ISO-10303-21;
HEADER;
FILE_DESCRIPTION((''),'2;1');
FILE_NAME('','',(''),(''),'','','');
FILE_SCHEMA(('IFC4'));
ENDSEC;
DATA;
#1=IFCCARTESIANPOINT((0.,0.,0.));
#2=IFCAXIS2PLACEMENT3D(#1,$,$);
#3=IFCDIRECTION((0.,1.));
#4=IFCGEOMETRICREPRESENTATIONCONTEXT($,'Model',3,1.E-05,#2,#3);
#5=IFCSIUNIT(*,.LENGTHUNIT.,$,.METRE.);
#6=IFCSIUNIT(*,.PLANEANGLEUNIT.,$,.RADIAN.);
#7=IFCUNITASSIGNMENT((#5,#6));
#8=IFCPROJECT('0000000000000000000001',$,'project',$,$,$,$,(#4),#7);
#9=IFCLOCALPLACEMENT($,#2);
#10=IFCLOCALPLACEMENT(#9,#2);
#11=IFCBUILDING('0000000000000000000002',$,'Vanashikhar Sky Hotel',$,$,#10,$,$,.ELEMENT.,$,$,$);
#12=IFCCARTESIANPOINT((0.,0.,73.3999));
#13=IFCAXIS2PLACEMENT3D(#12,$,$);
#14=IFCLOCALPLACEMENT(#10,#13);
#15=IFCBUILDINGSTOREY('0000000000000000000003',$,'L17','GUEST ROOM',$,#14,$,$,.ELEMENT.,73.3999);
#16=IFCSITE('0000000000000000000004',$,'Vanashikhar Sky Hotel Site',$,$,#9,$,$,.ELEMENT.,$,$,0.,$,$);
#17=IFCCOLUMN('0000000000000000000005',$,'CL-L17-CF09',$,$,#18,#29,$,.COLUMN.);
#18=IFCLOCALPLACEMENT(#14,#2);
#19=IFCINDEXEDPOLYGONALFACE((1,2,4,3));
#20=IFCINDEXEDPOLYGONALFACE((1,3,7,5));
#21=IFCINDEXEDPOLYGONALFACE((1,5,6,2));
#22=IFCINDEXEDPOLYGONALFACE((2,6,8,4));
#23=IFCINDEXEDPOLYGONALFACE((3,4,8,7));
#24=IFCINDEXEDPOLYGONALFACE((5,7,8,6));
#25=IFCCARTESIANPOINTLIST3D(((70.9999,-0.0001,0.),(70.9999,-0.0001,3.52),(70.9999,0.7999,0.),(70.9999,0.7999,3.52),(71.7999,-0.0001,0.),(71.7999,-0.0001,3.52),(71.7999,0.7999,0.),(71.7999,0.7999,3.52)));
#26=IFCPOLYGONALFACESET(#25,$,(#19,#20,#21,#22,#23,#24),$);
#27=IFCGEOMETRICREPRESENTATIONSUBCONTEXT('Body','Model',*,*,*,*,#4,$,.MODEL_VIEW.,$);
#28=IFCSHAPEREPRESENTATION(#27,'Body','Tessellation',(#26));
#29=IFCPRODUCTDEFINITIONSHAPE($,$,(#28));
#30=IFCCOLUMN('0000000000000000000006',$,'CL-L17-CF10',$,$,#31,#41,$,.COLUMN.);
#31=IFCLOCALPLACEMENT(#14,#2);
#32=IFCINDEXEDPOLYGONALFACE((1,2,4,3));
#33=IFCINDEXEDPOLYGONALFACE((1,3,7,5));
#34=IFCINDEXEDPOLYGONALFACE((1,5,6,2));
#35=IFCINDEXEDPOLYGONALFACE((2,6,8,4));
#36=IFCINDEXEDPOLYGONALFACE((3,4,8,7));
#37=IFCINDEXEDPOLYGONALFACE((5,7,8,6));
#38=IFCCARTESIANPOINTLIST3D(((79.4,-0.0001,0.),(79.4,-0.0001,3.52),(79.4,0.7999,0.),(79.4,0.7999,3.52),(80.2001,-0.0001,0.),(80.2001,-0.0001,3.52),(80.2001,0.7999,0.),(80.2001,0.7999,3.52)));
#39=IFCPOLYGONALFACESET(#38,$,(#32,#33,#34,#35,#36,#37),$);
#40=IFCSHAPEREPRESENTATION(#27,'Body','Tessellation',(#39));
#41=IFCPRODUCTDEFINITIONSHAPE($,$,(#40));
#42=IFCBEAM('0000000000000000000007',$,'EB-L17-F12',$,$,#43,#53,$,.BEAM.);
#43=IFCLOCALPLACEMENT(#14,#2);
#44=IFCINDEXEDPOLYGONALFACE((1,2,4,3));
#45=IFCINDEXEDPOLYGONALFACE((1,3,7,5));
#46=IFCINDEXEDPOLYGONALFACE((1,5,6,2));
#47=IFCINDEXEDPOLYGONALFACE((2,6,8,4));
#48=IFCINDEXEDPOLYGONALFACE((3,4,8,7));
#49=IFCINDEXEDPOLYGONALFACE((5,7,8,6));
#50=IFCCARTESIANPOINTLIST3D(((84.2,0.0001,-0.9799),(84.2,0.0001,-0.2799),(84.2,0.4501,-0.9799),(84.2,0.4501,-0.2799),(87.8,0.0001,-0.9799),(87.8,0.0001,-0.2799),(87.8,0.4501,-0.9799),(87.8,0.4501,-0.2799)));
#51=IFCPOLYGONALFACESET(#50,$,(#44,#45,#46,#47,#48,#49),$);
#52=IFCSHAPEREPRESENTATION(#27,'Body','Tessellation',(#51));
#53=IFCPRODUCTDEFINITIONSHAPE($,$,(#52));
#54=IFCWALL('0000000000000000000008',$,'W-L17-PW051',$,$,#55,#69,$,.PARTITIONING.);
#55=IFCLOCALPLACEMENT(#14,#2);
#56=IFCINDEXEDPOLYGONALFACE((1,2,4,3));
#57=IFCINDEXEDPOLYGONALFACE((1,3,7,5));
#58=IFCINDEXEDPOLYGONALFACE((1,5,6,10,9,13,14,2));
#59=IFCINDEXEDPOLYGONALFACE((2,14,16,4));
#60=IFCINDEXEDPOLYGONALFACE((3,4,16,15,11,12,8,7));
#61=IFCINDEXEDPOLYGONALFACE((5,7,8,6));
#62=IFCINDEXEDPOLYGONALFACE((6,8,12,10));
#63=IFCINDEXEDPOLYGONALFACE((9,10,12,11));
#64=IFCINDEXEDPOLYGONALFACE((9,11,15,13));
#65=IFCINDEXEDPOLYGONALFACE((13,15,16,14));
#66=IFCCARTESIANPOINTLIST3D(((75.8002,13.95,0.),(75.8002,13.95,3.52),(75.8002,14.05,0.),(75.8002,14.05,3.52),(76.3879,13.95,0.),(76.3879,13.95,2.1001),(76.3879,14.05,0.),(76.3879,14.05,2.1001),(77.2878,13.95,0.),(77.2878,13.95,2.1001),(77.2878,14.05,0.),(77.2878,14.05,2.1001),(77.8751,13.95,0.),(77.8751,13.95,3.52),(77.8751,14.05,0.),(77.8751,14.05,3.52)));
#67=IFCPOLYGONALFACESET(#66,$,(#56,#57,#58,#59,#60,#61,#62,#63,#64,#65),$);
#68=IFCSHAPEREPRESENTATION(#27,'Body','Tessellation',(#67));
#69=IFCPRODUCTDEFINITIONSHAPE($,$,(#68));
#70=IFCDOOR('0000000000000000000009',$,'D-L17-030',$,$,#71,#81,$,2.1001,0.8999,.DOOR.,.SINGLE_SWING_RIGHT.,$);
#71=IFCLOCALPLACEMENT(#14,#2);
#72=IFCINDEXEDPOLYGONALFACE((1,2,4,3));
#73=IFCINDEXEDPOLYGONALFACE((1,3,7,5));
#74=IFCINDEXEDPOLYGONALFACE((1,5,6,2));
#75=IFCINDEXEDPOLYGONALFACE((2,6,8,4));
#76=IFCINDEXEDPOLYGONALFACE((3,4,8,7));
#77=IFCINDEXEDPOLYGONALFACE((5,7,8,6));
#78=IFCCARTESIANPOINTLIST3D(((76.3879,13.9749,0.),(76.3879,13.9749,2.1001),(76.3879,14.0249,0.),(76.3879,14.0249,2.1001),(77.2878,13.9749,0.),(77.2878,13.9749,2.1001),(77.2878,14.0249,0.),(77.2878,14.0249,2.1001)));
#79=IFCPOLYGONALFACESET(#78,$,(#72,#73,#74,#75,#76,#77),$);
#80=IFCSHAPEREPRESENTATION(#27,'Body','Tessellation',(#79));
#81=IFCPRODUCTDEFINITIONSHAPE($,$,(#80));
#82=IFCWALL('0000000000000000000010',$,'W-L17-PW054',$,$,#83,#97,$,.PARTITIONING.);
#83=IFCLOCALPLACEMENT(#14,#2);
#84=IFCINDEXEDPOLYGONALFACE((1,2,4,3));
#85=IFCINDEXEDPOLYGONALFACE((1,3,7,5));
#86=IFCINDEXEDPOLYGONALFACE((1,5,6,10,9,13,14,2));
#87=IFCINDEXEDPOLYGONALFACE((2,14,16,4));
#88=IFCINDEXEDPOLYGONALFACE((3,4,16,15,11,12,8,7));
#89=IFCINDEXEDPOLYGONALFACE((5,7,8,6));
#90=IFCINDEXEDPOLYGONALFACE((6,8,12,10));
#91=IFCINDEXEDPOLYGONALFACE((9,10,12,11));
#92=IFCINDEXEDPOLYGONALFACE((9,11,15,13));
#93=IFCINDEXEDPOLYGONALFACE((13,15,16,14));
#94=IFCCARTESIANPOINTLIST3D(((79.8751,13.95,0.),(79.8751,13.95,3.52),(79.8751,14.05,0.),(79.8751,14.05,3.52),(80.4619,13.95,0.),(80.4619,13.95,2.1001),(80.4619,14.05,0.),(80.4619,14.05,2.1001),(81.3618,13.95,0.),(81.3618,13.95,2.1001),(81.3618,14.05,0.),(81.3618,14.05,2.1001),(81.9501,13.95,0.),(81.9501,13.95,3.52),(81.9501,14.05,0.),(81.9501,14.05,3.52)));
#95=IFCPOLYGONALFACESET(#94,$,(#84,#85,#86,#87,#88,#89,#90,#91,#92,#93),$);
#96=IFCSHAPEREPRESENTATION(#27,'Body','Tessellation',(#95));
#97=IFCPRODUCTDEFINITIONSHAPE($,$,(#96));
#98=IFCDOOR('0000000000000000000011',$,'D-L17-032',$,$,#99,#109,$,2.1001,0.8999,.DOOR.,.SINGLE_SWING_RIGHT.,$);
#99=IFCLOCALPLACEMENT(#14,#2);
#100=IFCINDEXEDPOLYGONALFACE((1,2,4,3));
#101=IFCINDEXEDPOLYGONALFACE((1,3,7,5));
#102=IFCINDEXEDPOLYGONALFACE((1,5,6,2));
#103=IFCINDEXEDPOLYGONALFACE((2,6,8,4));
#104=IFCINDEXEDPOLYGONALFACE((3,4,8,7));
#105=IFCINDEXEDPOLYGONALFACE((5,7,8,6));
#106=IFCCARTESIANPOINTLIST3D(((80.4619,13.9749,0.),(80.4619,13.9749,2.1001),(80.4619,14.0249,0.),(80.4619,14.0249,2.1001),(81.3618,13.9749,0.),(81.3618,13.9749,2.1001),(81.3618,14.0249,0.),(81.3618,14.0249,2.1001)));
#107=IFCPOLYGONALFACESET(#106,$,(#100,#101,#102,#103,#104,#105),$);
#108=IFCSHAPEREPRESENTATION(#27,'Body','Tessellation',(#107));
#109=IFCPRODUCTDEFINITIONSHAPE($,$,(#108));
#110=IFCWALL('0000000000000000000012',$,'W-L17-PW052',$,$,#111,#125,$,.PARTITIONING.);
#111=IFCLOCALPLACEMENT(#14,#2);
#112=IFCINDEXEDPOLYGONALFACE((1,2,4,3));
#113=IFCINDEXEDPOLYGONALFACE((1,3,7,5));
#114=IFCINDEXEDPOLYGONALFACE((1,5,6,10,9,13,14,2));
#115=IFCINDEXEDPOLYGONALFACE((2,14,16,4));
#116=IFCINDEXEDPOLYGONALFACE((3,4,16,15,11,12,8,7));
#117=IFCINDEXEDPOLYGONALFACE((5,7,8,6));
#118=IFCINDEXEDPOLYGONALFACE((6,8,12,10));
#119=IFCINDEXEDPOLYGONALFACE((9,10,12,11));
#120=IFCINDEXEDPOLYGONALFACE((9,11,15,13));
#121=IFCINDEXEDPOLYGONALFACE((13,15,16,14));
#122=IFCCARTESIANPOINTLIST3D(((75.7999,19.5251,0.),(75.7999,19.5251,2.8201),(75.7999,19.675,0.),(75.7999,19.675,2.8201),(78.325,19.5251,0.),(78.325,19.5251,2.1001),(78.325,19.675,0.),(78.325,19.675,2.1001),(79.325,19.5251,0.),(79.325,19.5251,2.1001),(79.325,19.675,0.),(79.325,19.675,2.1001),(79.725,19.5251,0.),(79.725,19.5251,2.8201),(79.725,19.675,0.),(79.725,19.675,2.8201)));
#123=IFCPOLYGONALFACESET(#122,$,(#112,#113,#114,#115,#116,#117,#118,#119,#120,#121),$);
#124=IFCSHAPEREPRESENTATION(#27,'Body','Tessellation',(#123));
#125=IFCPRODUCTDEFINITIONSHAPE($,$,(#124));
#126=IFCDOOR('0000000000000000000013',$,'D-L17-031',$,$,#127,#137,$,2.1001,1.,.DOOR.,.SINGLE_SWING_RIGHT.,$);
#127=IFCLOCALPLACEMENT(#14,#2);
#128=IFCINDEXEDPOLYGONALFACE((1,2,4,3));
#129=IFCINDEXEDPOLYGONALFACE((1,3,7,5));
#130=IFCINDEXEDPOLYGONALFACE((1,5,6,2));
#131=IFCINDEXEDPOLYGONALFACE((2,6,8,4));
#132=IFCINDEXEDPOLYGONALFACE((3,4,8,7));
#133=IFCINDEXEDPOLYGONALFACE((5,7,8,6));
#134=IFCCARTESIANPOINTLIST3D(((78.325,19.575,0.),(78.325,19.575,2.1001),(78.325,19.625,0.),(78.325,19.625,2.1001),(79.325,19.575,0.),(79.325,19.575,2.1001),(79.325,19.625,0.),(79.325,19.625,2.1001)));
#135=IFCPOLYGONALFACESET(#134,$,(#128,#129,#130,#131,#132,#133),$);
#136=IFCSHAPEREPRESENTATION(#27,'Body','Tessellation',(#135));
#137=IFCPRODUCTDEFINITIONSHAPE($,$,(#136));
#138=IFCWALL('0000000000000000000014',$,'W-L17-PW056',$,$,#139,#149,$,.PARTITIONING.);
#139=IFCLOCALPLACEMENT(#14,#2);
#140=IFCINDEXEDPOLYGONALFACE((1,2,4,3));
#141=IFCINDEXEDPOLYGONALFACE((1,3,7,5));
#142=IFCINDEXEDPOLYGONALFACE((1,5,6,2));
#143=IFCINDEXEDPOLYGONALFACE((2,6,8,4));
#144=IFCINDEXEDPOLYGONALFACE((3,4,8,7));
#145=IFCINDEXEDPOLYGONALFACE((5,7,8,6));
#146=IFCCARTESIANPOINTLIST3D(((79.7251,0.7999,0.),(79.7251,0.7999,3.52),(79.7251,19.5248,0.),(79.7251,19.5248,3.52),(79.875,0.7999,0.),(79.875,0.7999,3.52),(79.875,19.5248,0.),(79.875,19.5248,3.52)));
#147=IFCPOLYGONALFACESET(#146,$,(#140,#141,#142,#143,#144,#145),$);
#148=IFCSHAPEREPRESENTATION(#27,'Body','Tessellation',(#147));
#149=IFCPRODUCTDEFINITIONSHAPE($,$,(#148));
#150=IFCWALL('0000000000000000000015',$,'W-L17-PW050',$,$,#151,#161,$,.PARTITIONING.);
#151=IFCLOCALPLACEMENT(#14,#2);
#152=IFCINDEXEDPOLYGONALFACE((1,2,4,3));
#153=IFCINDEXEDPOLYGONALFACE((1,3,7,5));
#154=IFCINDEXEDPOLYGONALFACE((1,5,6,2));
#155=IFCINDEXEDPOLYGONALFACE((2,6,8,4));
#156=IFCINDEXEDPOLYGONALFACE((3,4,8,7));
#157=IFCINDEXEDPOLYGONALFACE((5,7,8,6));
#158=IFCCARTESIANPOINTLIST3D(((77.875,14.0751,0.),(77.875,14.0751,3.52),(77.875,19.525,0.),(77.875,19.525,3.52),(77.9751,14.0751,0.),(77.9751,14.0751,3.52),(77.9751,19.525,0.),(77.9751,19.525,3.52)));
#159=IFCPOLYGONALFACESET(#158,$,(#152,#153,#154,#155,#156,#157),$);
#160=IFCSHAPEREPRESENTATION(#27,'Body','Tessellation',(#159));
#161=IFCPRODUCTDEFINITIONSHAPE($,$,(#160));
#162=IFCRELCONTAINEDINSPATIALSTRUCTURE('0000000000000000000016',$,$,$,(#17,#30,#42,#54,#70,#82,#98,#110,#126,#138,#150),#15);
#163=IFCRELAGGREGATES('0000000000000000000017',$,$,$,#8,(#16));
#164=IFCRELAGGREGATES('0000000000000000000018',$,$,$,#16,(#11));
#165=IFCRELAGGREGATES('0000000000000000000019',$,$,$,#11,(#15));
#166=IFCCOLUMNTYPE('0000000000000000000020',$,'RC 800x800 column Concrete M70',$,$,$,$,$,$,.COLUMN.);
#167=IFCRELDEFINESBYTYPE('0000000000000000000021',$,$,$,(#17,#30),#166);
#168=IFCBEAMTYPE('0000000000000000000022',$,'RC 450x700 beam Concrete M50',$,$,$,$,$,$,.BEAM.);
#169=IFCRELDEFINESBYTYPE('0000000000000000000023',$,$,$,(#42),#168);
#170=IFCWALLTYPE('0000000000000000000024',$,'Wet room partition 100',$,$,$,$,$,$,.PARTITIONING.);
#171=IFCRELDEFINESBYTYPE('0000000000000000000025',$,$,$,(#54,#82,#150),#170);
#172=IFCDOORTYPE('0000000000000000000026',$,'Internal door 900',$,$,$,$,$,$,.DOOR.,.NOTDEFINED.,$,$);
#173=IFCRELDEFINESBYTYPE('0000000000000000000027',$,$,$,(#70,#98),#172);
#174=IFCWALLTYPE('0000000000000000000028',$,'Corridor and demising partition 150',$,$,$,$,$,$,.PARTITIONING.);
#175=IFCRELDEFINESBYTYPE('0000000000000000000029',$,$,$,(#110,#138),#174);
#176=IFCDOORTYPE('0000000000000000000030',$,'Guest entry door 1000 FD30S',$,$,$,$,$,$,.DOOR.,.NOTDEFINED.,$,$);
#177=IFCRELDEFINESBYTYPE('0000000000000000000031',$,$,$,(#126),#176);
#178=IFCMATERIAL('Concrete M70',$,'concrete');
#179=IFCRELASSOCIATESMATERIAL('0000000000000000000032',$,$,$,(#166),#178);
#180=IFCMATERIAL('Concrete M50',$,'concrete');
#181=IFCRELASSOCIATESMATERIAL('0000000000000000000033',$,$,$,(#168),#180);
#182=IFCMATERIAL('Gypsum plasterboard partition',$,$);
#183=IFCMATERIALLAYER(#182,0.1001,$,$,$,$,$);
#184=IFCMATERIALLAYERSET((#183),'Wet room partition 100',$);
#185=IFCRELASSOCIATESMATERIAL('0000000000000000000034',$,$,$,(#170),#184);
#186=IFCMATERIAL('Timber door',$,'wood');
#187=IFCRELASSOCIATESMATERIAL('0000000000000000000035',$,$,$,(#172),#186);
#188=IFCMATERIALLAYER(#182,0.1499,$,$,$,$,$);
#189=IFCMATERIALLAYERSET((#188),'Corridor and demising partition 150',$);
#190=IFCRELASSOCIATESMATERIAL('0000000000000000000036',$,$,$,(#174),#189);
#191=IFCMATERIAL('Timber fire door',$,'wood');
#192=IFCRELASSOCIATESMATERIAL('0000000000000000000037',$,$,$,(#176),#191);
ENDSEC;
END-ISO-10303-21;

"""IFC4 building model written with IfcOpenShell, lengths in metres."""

from ifc_helpers import new_model, si_unit, direction, frame, frame_2d, origin, origin_2d, place, context, subcontext, project, spatial, rectangle, extrude, source, transform, mapped, material, layer, layer_set, material_profile, profile_set, type_object, element, fill, save


model = new_model("IFC4")

# Units and contexts
model_context = context("Model", 3, precision=1e-05, world=origin(), true_north=direction((0.0, 1.0)))
body_context = subcontext(model_context, "Body", "Model", "MODEL_VIEW")
ifc_project = project(units=[si_unit("LENGTHUNIT", "METRE"), si_unit("PLANEANGLEUNIT", "RADIAN")], contexts=[model_context])

# Site, building, storey
site_placement = place(None, origin())
site = spatial("IfcSite", under=ifc_project, at=site_placement, Name="Vanashikhar Sky Hotel Site", CompositionType="ELEMENT", RefElevation=0.0)
building_placement = place(site_placement, origin())
building = spatial("IfcBuilding", under=site, at=building_placement, Name="Vanashikhar Sky Hotel", CompositionType="ELEMENT")
storey_placement = place(building_placement, frame((0.0, 0.0, 73.3999)))
storey = spatial("IfcBuildingStorey", under=building, at=storey_placement, Name="L17", Description="GUEST ROOM", CompositionType="ELEMENT", Elevation=73.3999)

# Columns
ifc_material_1 = material(Name="Concrete M70", Category="concrete")
ifc_material_profile_1 = material_profile(ifc_material_1, rectangle(XDim=0.8, YDim=0.8, at=origin_2d()))
ifc_profile_set_1 = profile_set([ifc_material_profile_1], Name="RC 800x800 column Concrete M70")
column_type = type_object("IfcColumnType", Name="RC 800x800 column Concrete M70", PredefinedType="COLUMN", material=ifc_profile_set_1)
shared_shape_1 = source(origin(), body_context, "Body", "SweptSolid", [
    extrude(rectangle(XDim=0.8, YDim=0.8, at=origin_2d()), origin(), (0.0, 0.0, 1.0), 3.52),
])
for number, where, z_axis, x_axis, name in (
    (1, (71.3999, 0.3999, 0.0), (0.0, 0.0, 1.0), (1.0, 0.0, 0.0), "CL-L17-CF09"),
    (2, (79.8, 0.3999, 0.0), (0.0, 0.0, 1.0), (1.0, 0.0, 0.0), "CL-L17-CF10"),
):
    element("IfcColumn", number, at=place(storey_placement, frame(where, z_axis=z_axis, x_axis=x_axis)), inside=storey, type_object=column_type, Name=name, PredefinedType="COLUMN", context=body_context, shape_type="MappedRepresentation", body=[
        mapped(shared_shape_1, transform((0.0, 0.0, 0.0), scale=1.0)),
    ])

# Beam
ifc_material_2 = material(Name="Concrete M50", Category="concrete")
ifc_material_profile_2 = material_profile(ifc_material_2, rectangle(XDim=0.45, YDim=0.7, at=origin_2d()))
ifc_profile_set_2 = profile_set([ifc_material_profile_2], Name="RC 450x700 beam Concrete M50")
beam_type = type_object("IfcBeamType", Name="RC 450x700 beam Concrete M50", PredefinedType="BEAM", material=ifc_profile_set_2)
shared_shape_2 = source(origin(), body_context, "Body", "SweptSolid", [
    extrude(rectangle(XDim=0.45, YDim=0.7, at=origin_2d()), origin(), (0.0, 0.0, 1.0), 3.6001),
])
beam_placement = place(storey_placement, frame((84.2, 0.2251, -0.6299), z_axis=(1.0, 0.0, 0.0), x_axis=(0.0, 1.0, 0.0)))
element("IfcBeam", 3, at=beam_placement, inside=storey, type_object=beam_type, Name="EB-L17-F12", PredefinedType="BEAM", context=body_context, shape_type="MappedRepresentation", body=[
    mapped(shared_shape_2, transform((0.0, 0.0, 0.0), scale=1.0)),
])

# Walls, openings, doors
ifc_material_3 = material(Name="Gypsum plasterboard partition")
ifc_layer_1 = layer(ifc_material_3, 0.1001)
ifc_layer_set_1 = layer_set([ifc_layer_1], Name="Wet room partition 100")
wall_type_1 = type_object("IfcWallType", Name="Wet room partition 100", PredefinedType="PARTITIONING", material=ifc_layer_set_1)
shared_shape_3 = source(origin(), body_context, "Body", "SweptSolid", [
    extrude(rectangle(XDim=2.075, YDim=0.1001, at=frame_2d((1.0376, 0.0))), origin(), (0.0, 0.0, 1.0), 3.52),
])
wall_1_placement = place(storey_placement, frame((75.8, 14.0, 0.0), z_axis=(0.0, 0.0, 1.0), x_axis=(1.0, 0.0, 0.0)))
wall_1 = element("IfcWall", 4, at=wall_1_placement, inside=storey, type_object=wall_type_1, Name="W-L17-PW051", PredefinedType="PARTITIONING", context=body_context, shape_type="MappedRepresentation", body=[
    mapped(shared_shape_3, transform((0.0, 0.0, 0.0), scale=1.0)),
])
shared_shape_4 = source(origin(), body_context, "Body", "SweptSolid", [
    extrude(rectangle(XDim=0.8999, YDim=2.1001, at=frame_2d((0.45, 1.05))), frame((0.0, 0.0601, 0.0), z_axis=(0.0, -1.0, 0.0), x_axis=(1.0, 0.0, 0.0)), (0.0, 0.0, 1.0), 0.1201),
])
opening_1_placement = place(wall_1_placement, frame((0.5879, 0.0, 0.0)))
opening_1 = element("IfcOpeningElement", 5, at=opening_1_placement, cuts=wall_1, PredefinedType="OPENING", context=body_context, shape_type="MappedRepresentation", body=[
    mapped(shared_shape_4, transform((0.0, 0.0, 0.0), scale=1.0)),
])
ifc_material_4 = material(Name="Timber door", Category="wood")
door_type_1 = type_object("IfcDoorType", Name="Internal door 900", OperationType="NOTDEFINED", PredefinedType="DOOR", material=ifc_material_4)
shared_shape_5 = source(origin(), body_context, "Body", "SweptSolid", [
    extrude(rectangle(XDim=0.8999, YDim=2.1001, at=frame_2d((0.45, 1.05))), frame((0.0, 0.0249, 0.0), z_axis=(0.0, -1.0, 0.0), x_axis=(1.0, 0.0, 0.0)), (0.0, 0.0, 1.0), 0.05),
])
door_1_placement = place(opening_1_placement, origin())
door_1 = element("IfcDoor", 6, at=door_1_placement, inside=storey, type_object=door_type_1, Name="D-L17-030", OperationType="SINGLE_SWING_RIGHT", OverallHeight=2.1001, OverallWidth=0.8999, PredefinedType="DOOR", context=body_context, shape_type="MappedRepresentation", body=[
    mapped(shared_shape_5, transform((0.0, 0.0, 0.0), scale=1.0)),
])
fill(opening_1, door_1)
wall_2_placement = place(storey_placement, frame((79.875, 14.0, 0.0), z_axis=(0.0, 0.0, 1.0), x_axis=(1.0, 0.0, 0.0)))
wall_2 = element("IfcWall", 7, at=wall_2_placement, inside=storey, type_object=wall_type_1, Name="W-L17-PW054", PredefinedType="PARTITIONING", context=body_context, shape_type="MappedRepresentation", body=[
    mapped(shared_shape_3, transform((0.0, 0.0, 0.0), scale=1.0)),
])
opening_2_placement = place(wall_2_placement, frame((0.5869, 0.0, 0.0)))
opening_2 = element("IfcOpeningElement", 8, at=opening_2_placement, cuts=wall_2, PredefinedType="OPENING", context=body_context, shape_type="MappedRepresentation", body=[
    mapped(shared_shape_4, transform((0.0, 0.0, 0.0), scale=1.0)),
])
door_2_placement = place(opening_2_placement, origin())
door_2 = element("IfcDoor", 9, at=door_2_placement, inside=storey, type_object=door_type_1, Name="D-L17-032", OperationType="SINGLE_SWING_RIGHT", OverallHeight=2.1001, OverallWidth=0.8999, PredefinedType="DOOR", context=body_context, shape_type="MappedRepresentation", body=[
    mapped(shared_shape_5, transform((0.0, 0.0, 0.0), scale=1.0)),
])
fill(opening_2, door_2)
ifc_layer_2 = layer(ifc_material_3, 0.1499)
ifc_layer_set_2 = layer_set([ifc_layer_2], Name="Corridor and demising partition 150")
wall_type_2 = type_object("IfcWallType", Name="Corridor and demising partition 150", PredefinedType="PARTITIONING", material=ifc_layer_set_2)
shared_shape_6 = source(origin(), body_context, "Body", "SweptSolid", [
    extrude(rectangle(XDim=3.925, YDim=0.1499, at=frame_2d((1.9624, 0.0))), origin(), (0.0, 0.0, 1.0), 2.8201),
])
wall_3_placement = place(storey_placement, frame((75.8, 19.6001, 0.0), z_axis=(0.0, 0.0, 1.0), x_axis=(1.0, 0.0, 0.0)))
wall_3 = element("IfcWall", 10, at=wall_3_placement, inside=storey, type_object=wall_type_2, Name="W-L17-PW052", PredefinedType="PARTITIONING", context=body_context, shape_type="MappedRepresentation", body=[
    mapped(shared_shape_6, transform((0.0, 0.0, 0.0), scale=1.0)),
])
shared_shape_7 = source(origin(), body_context, "Body", "SweptSolid", [
    extrude(rectangle(XDim=1.0, YDim=2.1001, at=frame_2d((0.5, 1.05))), frame((0.0, 0.085, 0.0), z_axis=(0.0, -1.0, 0.0), x_axis=(1.0, 0.0, 0.0)), (0.0, 0.0, 1.0), 0.1699),
])
opening_3_placement = place(wall_3_placement, frame((2.5249, 0.0, 0.0)))
opening_3 = element("IfcOpeningElement", 11, at=opening_3_placement, cuts=wall_3, PredefinedType="OPENING", context=body_context, shape_type="MappedRepresentation", body=[
    mapped(shared_shape_7, transform((0.0, 0.0, 0.0), scale=1.0)),
])
ifc_material_5 = material(Name="Timber fire door", Category="wood")
door_type_2 = type_object("IfcDoorType", Name="Guest entry door 1000 FD30S", OperationType="NOTDEFINED", PredefinedType="DOOR", material=ifc_material_5)
shared_shape_8 = source(origin(), body_context, "Body", "SweptSolid", [
    extrude(rectangle(XDim=1.0, YDim=2.1001, at=frame_2d((0.5, 1.05))), frame((0.0, 0.0249, 0.0), z_axis=(0.0, -1.0, 0.0), x_axis=(1.0, 0.0, 0.0)), (0.0, 0.0, 1.0), 0.05),
])
door_3_placement = place(opening_3_placement, origin())
door_3 = element("IfcDoor", 12, at=door_3_placement, inside=storey, type_object=door_type_2, Name="D-L17-031", OperationType="SINGLE_SWING_RIGHT", OverallHeight=2.1001, OverallWidth=1.0, PredefinedType="DOOR", context=body_context, shape_type="MappedRepresentation", body=[
    mapped(shared_shape_8, transform((0.0, 0.0, 0.0), scale=1.0)),
])
fill(opening_3, door_3)

# Walls
shared_shape_9 = source(origin(), body_context, "Body", "SweptSolid", [
    extrude(rectangle(XDim=18.7249, YDim=0.1499, at=frame_2d((9.3623, 0.0))), origin(), (0.0, 0.0, 1.0), 3.52),
])
wall_4_placement = place(storey_placement, frame((79.8, 0.8, 0.0), z_axis=(0.0, 0.0, 1.0), x_axis=(0.0, 1.0, 0.0)))
element("IfcWall", 13, at=wall_4_placement, inside=storey, type_object=wall_type_2, Name="W-L17-PW056", PredefinedType="PARTITIONING", context=body_context, shape_type="MappedRepresentation", body=[
    mapped(shared_shape_9, transform((0.0, 0.0, 0.0), scale=1.0)),
])
shared_shape_10 = source(origin(), body_context, "Body", "SweptSolid", [
    extrude(rectangle(XDim=5.45, YDim=0.1001, at=frame_2d((2.7251, 0.0))), origin(), (0.0, 0.0, 1.0), 3.52),
])
for number, where, z_axis, x_axis, name in (
    (14, (77.925, 14.075, 0.0), (0.0, 0.0, 1.0), (0.0, 1.0, 0.0), "W-L17-PW050"),
):
    element("IfcWall", number, at=place(storey_placement, frame(where, z_axis=z_axis, x_axis=x_axis)), inside=storey, type_object=wall_type_1, Name=name, PredefinedType="PARTITIONING", context=body_context, shape_type="MappedRepresentation", body=[
        mapped(shared_shape_10, transform((0.0, 0.0, 0.0), scale=1.0)),
    ])

save(model, "model.ifc")
